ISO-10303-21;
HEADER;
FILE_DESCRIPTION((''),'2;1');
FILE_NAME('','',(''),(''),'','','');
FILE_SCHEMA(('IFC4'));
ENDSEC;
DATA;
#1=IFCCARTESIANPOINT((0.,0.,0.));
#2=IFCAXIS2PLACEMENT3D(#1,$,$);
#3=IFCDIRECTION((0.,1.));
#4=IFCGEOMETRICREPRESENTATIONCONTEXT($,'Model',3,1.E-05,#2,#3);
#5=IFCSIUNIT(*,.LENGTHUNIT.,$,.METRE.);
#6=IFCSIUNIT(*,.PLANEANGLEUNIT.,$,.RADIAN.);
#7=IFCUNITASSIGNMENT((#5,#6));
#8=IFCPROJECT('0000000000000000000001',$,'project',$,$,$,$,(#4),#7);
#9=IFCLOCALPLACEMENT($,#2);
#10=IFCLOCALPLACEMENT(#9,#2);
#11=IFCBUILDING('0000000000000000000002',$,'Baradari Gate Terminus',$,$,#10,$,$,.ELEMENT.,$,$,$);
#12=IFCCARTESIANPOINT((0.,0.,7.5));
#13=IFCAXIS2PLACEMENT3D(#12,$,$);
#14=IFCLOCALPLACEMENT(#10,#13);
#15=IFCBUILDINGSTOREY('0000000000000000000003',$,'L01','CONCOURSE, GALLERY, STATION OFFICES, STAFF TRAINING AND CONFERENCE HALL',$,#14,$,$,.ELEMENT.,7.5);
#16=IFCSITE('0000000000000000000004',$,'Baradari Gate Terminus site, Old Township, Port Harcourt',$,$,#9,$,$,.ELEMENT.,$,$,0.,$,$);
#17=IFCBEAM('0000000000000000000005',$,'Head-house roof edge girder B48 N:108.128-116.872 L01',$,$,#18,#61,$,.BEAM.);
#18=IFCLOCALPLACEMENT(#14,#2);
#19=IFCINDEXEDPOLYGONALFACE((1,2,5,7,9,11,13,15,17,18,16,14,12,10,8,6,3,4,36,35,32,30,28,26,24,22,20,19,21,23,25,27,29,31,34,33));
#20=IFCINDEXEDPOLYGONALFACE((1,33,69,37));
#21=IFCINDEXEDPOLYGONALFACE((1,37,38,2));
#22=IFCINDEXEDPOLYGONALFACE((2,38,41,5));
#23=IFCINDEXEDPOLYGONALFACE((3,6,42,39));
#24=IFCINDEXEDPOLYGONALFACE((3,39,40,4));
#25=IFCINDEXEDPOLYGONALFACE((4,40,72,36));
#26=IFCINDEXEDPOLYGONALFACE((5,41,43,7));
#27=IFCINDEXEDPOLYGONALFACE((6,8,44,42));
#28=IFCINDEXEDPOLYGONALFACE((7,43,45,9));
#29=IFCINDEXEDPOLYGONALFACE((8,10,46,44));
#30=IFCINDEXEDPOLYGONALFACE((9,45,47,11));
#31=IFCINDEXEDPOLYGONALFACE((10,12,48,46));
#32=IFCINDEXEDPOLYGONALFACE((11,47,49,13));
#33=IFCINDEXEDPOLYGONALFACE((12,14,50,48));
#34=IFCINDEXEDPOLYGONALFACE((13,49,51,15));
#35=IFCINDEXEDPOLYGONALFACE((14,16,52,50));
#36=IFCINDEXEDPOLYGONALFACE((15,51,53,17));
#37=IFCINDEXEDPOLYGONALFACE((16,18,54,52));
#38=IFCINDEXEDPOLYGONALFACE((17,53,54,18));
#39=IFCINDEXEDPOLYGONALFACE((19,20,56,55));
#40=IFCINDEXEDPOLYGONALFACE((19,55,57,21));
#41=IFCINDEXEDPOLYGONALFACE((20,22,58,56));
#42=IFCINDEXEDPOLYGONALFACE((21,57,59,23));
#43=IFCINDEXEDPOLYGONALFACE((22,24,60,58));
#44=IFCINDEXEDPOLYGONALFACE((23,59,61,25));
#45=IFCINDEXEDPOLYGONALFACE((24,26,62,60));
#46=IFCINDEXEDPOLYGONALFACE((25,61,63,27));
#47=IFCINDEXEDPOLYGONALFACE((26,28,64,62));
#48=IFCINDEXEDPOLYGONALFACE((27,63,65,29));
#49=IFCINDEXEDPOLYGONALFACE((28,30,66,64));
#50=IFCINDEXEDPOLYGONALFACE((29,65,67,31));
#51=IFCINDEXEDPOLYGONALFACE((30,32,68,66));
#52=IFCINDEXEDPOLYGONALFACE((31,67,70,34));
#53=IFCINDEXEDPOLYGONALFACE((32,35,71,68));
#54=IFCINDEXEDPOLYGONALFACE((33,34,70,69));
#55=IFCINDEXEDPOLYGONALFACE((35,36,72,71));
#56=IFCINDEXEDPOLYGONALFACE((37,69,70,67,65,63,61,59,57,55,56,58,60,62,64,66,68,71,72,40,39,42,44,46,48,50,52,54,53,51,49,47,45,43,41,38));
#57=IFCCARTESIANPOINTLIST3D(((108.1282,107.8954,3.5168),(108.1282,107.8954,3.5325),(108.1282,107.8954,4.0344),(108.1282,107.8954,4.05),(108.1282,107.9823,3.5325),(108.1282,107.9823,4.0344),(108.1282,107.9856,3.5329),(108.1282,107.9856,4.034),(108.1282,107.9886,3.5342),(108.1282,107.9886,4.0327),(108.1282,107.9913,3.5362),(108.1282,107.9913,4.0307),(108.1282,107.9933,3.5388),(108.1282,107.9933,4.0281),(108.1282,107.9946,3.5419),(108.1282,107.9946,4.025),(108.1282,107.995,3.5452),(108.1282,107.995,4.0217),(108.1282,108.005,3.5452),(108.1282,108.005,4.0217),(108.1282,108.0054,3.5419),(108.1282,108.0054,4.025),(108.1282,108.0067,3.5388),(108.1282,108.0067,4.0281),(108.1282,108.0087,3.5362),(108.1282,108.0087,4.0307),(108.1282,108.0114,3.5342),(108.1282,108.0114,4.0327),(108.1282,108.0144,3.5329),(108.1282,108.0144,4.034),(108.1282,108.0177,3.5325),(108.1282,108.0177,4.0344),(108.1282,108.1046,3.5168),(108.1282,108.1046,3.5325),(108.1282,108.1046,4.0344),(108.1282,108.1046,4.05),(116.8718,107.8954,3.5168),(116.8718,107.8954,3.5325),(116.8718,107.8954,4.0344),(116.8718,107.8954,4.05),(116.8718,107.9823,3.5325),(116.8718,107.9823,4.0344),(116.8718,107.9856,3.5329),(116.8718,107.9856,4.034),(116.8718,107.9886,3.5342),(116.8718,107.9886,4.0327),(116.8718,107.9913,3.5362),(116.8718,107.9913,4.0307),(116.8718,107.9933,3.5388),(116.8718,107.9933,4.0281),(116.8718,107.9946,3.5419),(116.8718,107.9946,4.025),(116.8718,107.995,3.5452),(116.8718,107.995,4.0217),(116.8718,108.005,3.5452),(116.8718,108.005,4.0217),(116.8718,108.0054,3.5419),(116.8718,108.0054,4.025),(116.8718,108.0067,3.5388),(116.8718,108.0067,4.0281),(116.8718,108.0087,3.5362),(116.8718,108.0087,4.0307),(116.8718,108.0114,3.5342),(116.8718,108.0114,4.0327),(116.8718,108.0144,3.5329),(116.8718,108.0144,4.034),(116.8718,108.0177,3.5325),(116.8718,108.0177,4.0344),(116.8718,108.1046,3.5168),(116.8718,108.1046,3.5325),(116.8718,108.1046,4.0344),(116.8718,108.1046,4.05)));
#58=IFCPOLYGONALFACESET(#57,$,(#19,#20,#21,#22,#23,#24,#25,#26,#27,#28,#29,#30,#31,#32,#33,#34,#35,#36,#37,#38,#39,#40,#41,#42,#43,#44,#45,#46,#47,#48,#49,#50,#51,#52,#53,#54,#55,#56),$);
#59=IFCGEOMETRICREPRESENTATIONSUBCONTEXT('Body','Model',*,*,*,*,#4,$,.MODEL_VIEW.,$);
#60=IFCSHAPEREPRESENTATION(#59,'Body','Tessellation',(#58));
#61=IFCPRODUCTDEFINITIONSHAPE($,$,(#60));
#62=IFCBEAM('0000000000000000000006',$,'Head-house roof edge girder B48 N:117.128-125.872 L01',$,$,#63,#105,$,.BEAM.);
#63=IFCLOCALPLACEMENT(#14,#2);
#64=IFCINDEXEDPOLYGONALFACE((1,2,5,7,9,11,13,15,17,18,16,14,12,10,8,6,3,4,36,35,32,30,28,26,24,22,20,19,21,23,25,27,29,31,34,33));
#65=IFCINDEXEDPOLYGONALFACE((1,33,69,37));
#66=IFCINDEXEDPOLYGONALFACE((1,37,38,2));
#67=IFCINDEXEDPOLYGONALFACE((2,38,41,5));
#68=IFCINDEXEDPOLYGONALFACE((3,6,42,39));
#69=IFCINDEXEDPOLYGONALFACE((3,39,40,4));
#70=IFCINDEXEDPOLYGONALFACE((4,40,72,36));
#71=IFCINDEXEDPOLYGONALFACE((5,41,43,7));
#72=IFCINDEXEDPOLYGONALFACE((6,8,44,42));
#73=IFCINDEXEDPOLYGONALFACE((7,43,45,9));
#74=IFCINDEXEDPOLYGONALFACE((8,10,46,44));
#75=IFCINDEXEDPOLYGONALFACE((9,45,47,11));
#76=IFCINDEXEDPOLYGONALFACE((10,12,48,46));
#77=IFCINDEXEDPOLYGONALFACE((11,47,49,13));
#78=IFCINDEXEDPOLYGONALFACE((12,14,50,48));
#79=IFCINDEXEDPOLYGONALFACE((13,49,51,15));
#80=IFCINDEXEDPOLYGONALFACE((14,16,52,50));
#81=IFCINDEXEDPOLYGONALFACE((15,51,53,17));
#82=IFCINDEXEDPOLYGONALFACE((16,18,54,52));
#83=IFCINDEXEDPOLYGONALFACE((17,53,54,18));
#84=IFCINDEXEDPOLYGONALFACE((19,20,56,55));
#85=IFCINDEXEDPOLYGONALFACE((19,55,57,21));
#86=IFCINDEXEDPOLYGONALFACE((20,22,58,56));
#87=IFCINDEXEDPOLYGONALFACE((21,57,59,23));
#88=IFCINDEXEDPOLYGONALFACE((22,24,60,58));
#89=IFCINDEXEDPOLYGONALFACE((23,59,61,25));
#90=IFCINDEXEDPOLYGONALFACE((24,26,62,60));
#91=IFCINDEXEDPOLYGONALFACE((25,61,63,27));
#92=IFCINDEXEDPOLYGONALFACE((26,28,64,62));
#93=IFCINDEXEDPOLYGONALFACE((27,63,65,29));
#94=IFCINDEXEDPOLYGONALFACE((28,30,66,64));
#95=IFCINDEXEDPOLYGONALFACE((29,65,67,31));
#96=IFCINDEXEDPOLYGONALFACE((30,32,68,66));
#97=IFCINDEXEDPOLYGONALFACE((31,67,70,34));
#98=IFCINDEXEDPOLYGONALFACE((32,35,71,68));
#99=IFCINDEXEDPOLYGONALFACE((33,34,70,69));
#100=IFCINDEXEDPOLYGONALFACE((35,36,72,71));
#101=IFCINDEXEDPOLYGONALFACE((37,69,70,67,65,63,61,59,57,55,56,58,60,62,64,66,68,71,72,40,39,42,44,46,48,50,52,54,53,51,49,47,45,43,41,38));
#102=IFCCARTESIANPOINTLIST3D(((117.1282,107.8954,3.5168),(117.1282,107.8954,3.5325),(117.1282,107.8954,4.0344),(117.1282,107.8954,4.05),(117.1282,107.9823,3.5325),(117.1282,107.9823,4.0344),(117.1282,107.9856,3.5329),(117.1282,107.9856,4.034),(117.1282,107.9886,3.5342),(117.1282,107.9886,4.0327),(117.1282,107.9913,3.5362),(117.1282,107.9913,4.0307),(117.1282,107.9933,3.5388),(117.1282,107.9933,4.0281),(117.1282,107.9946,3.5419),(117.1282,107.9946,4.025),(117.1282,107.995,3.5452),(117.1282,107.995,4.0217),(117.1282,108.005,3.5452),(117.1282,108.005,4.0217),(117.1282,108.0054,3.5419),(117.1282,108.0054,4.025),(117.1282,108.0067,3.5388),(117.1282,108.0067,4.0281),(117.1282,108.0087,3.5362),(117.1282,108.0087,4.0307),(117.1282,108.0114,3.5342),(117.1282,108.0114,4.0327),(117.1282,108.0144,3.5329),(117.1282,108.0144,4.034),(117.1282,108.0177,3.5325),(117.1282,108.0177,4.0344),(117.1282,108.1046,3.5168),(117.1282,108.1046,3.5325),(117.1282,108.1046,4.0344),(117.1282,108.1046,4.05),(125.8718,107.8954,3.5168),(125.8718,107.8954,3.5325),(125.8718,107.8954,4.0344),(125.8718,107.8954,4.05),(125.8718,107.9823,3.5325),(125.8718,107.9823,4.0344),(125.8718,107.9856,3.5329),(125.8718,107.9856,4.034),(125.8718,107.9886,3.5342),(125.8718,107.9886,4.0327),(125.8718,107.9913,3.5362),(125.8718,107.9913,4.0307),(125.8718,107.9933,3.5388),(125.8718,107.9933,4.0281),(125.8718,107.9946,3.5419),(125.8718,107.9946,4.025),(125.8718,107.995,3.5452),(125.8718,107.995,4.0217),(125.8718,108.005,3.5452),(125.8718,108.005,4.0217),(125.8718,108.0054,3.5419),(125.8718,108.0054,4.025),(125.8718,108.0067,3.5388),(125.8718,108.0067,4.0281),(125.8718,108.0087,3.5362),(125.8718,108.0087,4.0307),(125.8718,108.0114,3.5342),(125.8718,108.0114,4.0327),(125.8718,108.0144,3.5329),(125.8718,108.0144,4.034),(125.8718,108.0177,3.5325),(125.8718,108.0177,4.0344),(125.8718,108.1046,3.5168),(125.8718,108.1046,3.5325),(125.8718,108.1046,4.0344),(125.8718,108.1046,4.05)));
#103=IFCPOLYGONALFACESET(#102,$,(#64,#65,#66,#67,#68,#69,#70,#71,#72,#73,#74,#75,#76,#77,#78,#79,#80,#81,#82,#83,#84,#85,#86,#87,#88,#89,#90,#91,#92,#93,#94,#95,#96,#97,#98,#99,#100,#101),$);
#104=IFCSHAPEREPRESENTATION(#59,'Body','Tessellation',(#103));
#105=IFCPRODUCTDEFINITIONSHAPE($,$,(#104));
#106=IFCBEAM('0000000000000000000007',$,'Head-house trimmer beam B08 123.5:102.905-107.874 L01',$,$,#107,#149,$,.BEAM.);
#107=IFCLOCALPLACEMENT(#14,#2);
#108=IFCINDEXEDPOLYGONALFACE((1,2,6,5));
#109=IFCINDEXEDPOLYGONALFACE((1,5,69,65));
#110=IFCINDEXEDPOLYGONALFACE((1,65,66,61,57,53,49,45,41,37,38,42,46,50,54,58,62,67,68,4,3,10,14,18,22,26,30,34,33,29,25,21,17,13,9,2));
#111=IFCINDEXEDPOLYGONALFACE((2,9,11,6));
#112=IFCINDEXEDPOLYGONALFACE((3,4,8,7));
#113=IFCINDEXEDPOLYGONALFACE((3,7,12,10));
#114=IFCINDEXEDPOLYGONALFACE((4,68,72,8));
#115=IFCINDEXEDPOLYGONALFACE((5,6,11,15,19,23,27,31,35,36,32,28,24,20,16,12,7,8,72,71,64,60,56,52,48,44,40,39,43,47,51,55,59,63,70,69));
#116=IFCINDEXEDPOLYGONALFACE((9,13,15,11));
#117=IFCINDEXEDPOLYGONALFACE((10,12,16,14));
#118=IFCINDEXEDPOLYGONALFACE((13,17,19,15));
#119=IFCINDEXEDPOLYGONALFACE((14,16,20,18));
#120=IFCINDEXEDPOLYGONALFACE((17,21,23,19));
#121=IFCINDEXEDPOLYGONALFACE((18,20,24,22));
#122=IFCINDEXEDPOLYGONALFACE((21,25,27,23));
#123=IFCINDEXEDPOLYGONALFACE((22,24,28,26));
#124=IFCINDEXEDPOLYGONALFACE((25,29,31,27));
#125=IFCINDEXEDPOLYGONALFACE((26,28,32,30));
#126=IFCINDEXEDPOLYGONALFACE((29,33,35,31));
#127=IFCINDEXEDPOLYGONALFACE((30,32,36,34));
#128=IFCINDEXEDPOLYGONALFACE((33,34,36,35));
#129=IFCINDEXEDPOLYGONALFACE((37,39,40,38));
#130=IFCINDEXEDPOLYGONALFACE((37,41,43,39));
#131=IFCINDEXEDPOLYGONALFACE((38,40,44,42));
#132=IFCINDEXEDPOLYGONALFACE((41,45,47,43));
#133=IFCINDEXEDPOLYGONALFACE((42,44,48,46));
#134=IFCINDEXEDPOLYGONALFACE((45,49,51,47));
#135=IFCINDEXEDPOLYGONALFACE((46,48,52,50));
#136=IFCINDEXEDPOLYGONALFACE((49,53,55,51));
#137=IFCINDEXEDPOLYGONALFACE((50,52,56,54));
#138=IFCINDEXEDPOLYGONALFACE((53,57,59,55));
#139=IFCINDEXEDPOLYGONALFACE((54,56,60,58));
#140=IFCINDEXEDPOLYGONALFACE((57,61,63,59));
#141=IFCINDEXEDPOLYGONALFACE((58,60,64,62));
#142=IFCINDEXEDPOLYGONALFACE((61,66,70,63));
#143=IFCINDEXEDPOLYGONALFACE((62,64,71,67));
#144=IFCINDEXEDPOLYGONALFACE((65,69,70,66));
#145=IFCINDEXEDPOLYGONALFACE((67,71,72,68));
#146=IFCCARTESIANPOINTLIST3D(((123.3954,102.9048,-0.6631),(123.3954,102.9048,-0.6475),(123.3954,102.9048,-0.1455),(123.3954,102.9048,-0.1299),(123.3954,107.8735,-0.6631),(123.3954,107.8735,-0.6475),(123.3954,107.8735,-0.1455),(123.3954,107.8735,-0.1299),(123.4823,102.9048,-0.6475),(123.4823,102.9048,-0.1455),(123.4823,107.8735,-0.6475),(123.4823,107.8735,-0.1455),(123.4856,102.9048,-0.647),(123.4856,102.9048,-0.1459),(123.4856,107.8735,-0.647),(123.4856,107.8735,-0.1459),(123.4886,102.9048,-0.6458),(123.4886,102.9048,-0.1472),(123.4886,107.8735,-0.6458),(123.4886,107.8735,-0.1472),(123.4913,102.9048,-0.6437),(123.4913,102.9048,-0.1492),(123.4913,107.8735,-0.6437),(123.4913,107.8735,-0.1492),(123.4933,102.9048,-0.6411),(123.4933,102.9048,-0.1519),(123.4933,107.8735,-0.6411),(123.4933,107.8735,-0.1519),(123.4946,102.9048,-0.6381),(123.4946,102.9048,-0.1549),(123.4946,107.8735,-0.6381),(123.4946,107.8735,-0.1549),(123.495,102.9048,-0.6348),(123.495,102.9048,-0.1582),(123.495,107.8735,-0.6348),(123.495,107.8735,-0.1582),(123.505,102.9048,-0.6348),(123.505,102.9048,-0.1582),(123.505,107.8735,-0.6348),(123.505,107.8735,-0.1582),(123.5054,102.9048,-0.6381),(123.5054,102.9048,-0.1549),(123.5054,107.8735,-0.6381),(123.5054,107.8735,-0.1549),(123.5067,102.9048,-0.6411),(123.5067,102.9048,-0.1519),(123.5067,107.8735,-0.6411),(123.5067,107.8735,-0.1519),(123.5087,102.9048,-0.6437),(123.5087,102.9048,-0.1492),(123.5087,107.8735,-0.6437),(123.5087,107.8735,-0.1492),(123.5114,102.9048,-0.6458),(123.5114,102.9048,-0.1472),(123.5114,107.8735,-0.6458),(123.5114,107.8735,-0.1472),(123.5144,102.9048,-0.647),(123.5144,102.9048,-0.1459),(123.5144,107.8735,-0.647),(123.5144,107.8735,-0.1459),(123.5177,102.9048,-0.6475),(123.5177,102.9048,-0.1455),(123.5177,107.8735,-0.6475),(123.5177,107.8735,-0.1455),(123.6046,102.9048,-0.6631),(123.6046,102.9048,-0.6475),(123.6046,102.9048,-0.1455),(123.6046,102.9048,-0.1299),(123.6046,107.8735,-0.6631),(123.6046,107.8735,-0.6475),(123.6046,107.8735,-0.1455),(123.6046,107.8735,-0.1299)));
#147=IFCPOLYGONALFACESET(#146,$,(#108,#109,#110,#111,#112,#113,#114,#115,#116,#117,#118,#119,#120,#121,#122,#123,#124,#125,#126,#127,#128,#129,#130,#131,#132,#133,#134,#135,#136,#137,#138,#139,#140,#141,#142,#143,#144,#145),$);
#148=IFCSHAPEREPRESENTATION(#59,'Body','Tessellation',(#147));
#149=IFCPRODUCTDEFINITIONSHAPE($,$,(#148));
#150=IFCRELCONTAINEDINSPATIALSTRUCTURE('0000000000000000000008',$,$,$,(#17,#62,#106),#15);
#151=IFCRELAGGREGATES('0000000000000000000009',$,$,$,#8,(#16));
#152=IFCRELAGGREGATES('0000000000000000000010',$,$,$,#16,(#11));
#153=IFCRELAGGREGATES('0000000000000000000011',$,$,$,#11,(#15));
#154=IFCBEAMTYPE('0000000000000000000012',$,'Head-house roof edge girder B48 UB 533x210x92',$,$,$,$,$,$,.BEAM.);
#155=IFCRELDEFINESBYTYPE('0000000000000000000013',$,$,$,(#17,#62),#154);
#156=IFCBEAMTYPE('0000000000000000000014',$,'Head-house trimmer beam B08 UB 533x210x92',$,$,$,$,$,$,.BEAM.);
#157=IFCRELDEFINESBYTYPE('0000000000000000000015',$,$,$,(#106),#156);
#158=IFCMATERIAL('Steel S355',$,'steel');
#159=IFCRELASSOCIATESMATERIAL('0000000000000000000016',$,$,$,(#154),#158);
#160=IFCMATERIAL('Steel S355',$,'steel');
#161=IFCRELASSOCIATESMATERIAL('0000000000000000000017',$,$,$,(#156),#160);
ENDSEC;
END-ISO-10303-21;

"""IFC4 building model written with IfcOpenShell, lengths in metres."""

from ifc_helpers import new_model, si_unit, direction, frame, origin, origin_2d, place, context, subcontext, project, spatial, i_section, extrude, material, material_profile, profile_set, type_object, element, save


model = new_model("IFC4")

# Units and contexts
model_context = context("Model", 3, precision=1e-05, world=origin(), true_north=direction((0.0, 1.0)))
body_context = subcontext(model_context, "Body", "Model", "MODEL_VIEW")
ifc_project = project(units=[si_unit("LENGTHUNIT", "METRE"), si_unit("PLANEANGLEUNIT", "RADIAN")], contexts=[model_context])

# Site, building, storey
site_placement = place(None, origin())
site = spatial("IfcSite", under=ifc_project, at=site_placement, Name="Baradari Gate Terminus site, Old Township, Port Harcourt", CompositionType="ELEMENT", RefElevation=0.0)
building_placement = place(site_placement, origin())
building = spatial("IfcBuilding", under=site, at=building_placement, Name="Baradari Gate Terminus", CompositionType="ELEMENT")
storey_placement = place(building_placement, frame((0.0, 0.0, 7.5)))
storey = spatial("IfcBuildingStorey", under=building, at=storey_placement, Name="L01", Description="CONCOURSE, GALLERY, STATION OFFICES, STAFF TRAINING AND CONFERENCE HALL", CompositionType="ELEMENT", Elevation=7.5)

# Beams
ifc_material_1 = material(Name="Steel S355", Category="steel")
ifc_material_profile_1 = material_profile(ifc_material_1, i_section(OverallWidth=0.2092, OverallDepth=0.5332, WebThickness=0.01, FlangeThickness=0.0156, FilletRadius=0.0127, at=origin_2d()), Name="UB 533x210x92")
ifc_profile_set_1 = profile_set([ifc_material_profile_1], Name="Steel S355")
beam_type_1 = type_object("IfcBeamType", Name="Head-house roof edge girder B48 UB 533x210x92", PredefinedType="BEAM", material=ifc_profile_set_1)
for number, where, z_axis, x_axis, name in (
    (1, (108.1282, 108.0, 3.7834), (1.0, 0.0, 0.0), (0.0, 1.0, 0.0), "Head-house roof edge girder B48 N:108.128-116.872 L01"),
    (2, (117.1282, 108.0, 3.7834), (1.0, 0.0, 0.0), (0.0, 1.0, 0.0), "Head-house roof edge girder B48 N:117.128-125.872 L01"),
):
    element("IfcBeam", number, at=place(storey_placement, frame(where, z_axis=z_axis, x_axis=x_axis)), inside=storey, type_object=beam_type_1, Name=name, PredefinedType="BEAM", context=body_context, shape_type="SweptSolid", body=[
        extrude(i_section(OverallWidth=0.2092, OverallDepth=0.5332, WebThickness=0.01, FlangeThickness=0.0156, FilletRadius=0.0127, at=origin_2d()), origin(), (0.0, 0.0, 1.0), 8.7437),
    ])
ifc_material_2 = material(Name="Steel S355", Category="steel")
ifc_material_profile_2 = material_profile(ifc_material_2, i_section(OverallWidth=0.2092, OverallDepth=0.5332, WebThickness=0.01, FlangeThickness=0.0156, FilletRadius=0.0127, at=origin_2d()), Name="UB 533x210x92")
ifc_profile_set_2 = profile_set([ifc_material_profile_2], Name="Steel S355")
beam_type_2 = type_object("IfcBeamType", Name="Head-house trimmer beam B08 UB 533x210x92", PredefinedType="BEAM", material=ifc_profile_set_2)
beam_1_placement = place(storey_placement, frame((123.5, 102.9048, -0.3965), z_axis=(0.0, 1.0, 0.0), x_axis=(-1.0, 0.0, 0.0)))
element("IfcBeam", 3, at=beam_1_placement, inside=storey, type_object=beam_type_2, Name="Head-house trimmer beam B08 123.5:102.905-107.874 L01", PredefinedType="BEAM", context=body_context, shape_type="SweptSolid", body=[
    extrude(i_section(OverallWidth=0.2092, OverallDepth=0.5332, WebThickness=0.01, FlangeThickness=0.0156, FilletRadius=0.0127, at=origin_2d()), origin(), (0.0, 0.0, 1.0), 4.9688),
])

save(model, "model.ifc")
